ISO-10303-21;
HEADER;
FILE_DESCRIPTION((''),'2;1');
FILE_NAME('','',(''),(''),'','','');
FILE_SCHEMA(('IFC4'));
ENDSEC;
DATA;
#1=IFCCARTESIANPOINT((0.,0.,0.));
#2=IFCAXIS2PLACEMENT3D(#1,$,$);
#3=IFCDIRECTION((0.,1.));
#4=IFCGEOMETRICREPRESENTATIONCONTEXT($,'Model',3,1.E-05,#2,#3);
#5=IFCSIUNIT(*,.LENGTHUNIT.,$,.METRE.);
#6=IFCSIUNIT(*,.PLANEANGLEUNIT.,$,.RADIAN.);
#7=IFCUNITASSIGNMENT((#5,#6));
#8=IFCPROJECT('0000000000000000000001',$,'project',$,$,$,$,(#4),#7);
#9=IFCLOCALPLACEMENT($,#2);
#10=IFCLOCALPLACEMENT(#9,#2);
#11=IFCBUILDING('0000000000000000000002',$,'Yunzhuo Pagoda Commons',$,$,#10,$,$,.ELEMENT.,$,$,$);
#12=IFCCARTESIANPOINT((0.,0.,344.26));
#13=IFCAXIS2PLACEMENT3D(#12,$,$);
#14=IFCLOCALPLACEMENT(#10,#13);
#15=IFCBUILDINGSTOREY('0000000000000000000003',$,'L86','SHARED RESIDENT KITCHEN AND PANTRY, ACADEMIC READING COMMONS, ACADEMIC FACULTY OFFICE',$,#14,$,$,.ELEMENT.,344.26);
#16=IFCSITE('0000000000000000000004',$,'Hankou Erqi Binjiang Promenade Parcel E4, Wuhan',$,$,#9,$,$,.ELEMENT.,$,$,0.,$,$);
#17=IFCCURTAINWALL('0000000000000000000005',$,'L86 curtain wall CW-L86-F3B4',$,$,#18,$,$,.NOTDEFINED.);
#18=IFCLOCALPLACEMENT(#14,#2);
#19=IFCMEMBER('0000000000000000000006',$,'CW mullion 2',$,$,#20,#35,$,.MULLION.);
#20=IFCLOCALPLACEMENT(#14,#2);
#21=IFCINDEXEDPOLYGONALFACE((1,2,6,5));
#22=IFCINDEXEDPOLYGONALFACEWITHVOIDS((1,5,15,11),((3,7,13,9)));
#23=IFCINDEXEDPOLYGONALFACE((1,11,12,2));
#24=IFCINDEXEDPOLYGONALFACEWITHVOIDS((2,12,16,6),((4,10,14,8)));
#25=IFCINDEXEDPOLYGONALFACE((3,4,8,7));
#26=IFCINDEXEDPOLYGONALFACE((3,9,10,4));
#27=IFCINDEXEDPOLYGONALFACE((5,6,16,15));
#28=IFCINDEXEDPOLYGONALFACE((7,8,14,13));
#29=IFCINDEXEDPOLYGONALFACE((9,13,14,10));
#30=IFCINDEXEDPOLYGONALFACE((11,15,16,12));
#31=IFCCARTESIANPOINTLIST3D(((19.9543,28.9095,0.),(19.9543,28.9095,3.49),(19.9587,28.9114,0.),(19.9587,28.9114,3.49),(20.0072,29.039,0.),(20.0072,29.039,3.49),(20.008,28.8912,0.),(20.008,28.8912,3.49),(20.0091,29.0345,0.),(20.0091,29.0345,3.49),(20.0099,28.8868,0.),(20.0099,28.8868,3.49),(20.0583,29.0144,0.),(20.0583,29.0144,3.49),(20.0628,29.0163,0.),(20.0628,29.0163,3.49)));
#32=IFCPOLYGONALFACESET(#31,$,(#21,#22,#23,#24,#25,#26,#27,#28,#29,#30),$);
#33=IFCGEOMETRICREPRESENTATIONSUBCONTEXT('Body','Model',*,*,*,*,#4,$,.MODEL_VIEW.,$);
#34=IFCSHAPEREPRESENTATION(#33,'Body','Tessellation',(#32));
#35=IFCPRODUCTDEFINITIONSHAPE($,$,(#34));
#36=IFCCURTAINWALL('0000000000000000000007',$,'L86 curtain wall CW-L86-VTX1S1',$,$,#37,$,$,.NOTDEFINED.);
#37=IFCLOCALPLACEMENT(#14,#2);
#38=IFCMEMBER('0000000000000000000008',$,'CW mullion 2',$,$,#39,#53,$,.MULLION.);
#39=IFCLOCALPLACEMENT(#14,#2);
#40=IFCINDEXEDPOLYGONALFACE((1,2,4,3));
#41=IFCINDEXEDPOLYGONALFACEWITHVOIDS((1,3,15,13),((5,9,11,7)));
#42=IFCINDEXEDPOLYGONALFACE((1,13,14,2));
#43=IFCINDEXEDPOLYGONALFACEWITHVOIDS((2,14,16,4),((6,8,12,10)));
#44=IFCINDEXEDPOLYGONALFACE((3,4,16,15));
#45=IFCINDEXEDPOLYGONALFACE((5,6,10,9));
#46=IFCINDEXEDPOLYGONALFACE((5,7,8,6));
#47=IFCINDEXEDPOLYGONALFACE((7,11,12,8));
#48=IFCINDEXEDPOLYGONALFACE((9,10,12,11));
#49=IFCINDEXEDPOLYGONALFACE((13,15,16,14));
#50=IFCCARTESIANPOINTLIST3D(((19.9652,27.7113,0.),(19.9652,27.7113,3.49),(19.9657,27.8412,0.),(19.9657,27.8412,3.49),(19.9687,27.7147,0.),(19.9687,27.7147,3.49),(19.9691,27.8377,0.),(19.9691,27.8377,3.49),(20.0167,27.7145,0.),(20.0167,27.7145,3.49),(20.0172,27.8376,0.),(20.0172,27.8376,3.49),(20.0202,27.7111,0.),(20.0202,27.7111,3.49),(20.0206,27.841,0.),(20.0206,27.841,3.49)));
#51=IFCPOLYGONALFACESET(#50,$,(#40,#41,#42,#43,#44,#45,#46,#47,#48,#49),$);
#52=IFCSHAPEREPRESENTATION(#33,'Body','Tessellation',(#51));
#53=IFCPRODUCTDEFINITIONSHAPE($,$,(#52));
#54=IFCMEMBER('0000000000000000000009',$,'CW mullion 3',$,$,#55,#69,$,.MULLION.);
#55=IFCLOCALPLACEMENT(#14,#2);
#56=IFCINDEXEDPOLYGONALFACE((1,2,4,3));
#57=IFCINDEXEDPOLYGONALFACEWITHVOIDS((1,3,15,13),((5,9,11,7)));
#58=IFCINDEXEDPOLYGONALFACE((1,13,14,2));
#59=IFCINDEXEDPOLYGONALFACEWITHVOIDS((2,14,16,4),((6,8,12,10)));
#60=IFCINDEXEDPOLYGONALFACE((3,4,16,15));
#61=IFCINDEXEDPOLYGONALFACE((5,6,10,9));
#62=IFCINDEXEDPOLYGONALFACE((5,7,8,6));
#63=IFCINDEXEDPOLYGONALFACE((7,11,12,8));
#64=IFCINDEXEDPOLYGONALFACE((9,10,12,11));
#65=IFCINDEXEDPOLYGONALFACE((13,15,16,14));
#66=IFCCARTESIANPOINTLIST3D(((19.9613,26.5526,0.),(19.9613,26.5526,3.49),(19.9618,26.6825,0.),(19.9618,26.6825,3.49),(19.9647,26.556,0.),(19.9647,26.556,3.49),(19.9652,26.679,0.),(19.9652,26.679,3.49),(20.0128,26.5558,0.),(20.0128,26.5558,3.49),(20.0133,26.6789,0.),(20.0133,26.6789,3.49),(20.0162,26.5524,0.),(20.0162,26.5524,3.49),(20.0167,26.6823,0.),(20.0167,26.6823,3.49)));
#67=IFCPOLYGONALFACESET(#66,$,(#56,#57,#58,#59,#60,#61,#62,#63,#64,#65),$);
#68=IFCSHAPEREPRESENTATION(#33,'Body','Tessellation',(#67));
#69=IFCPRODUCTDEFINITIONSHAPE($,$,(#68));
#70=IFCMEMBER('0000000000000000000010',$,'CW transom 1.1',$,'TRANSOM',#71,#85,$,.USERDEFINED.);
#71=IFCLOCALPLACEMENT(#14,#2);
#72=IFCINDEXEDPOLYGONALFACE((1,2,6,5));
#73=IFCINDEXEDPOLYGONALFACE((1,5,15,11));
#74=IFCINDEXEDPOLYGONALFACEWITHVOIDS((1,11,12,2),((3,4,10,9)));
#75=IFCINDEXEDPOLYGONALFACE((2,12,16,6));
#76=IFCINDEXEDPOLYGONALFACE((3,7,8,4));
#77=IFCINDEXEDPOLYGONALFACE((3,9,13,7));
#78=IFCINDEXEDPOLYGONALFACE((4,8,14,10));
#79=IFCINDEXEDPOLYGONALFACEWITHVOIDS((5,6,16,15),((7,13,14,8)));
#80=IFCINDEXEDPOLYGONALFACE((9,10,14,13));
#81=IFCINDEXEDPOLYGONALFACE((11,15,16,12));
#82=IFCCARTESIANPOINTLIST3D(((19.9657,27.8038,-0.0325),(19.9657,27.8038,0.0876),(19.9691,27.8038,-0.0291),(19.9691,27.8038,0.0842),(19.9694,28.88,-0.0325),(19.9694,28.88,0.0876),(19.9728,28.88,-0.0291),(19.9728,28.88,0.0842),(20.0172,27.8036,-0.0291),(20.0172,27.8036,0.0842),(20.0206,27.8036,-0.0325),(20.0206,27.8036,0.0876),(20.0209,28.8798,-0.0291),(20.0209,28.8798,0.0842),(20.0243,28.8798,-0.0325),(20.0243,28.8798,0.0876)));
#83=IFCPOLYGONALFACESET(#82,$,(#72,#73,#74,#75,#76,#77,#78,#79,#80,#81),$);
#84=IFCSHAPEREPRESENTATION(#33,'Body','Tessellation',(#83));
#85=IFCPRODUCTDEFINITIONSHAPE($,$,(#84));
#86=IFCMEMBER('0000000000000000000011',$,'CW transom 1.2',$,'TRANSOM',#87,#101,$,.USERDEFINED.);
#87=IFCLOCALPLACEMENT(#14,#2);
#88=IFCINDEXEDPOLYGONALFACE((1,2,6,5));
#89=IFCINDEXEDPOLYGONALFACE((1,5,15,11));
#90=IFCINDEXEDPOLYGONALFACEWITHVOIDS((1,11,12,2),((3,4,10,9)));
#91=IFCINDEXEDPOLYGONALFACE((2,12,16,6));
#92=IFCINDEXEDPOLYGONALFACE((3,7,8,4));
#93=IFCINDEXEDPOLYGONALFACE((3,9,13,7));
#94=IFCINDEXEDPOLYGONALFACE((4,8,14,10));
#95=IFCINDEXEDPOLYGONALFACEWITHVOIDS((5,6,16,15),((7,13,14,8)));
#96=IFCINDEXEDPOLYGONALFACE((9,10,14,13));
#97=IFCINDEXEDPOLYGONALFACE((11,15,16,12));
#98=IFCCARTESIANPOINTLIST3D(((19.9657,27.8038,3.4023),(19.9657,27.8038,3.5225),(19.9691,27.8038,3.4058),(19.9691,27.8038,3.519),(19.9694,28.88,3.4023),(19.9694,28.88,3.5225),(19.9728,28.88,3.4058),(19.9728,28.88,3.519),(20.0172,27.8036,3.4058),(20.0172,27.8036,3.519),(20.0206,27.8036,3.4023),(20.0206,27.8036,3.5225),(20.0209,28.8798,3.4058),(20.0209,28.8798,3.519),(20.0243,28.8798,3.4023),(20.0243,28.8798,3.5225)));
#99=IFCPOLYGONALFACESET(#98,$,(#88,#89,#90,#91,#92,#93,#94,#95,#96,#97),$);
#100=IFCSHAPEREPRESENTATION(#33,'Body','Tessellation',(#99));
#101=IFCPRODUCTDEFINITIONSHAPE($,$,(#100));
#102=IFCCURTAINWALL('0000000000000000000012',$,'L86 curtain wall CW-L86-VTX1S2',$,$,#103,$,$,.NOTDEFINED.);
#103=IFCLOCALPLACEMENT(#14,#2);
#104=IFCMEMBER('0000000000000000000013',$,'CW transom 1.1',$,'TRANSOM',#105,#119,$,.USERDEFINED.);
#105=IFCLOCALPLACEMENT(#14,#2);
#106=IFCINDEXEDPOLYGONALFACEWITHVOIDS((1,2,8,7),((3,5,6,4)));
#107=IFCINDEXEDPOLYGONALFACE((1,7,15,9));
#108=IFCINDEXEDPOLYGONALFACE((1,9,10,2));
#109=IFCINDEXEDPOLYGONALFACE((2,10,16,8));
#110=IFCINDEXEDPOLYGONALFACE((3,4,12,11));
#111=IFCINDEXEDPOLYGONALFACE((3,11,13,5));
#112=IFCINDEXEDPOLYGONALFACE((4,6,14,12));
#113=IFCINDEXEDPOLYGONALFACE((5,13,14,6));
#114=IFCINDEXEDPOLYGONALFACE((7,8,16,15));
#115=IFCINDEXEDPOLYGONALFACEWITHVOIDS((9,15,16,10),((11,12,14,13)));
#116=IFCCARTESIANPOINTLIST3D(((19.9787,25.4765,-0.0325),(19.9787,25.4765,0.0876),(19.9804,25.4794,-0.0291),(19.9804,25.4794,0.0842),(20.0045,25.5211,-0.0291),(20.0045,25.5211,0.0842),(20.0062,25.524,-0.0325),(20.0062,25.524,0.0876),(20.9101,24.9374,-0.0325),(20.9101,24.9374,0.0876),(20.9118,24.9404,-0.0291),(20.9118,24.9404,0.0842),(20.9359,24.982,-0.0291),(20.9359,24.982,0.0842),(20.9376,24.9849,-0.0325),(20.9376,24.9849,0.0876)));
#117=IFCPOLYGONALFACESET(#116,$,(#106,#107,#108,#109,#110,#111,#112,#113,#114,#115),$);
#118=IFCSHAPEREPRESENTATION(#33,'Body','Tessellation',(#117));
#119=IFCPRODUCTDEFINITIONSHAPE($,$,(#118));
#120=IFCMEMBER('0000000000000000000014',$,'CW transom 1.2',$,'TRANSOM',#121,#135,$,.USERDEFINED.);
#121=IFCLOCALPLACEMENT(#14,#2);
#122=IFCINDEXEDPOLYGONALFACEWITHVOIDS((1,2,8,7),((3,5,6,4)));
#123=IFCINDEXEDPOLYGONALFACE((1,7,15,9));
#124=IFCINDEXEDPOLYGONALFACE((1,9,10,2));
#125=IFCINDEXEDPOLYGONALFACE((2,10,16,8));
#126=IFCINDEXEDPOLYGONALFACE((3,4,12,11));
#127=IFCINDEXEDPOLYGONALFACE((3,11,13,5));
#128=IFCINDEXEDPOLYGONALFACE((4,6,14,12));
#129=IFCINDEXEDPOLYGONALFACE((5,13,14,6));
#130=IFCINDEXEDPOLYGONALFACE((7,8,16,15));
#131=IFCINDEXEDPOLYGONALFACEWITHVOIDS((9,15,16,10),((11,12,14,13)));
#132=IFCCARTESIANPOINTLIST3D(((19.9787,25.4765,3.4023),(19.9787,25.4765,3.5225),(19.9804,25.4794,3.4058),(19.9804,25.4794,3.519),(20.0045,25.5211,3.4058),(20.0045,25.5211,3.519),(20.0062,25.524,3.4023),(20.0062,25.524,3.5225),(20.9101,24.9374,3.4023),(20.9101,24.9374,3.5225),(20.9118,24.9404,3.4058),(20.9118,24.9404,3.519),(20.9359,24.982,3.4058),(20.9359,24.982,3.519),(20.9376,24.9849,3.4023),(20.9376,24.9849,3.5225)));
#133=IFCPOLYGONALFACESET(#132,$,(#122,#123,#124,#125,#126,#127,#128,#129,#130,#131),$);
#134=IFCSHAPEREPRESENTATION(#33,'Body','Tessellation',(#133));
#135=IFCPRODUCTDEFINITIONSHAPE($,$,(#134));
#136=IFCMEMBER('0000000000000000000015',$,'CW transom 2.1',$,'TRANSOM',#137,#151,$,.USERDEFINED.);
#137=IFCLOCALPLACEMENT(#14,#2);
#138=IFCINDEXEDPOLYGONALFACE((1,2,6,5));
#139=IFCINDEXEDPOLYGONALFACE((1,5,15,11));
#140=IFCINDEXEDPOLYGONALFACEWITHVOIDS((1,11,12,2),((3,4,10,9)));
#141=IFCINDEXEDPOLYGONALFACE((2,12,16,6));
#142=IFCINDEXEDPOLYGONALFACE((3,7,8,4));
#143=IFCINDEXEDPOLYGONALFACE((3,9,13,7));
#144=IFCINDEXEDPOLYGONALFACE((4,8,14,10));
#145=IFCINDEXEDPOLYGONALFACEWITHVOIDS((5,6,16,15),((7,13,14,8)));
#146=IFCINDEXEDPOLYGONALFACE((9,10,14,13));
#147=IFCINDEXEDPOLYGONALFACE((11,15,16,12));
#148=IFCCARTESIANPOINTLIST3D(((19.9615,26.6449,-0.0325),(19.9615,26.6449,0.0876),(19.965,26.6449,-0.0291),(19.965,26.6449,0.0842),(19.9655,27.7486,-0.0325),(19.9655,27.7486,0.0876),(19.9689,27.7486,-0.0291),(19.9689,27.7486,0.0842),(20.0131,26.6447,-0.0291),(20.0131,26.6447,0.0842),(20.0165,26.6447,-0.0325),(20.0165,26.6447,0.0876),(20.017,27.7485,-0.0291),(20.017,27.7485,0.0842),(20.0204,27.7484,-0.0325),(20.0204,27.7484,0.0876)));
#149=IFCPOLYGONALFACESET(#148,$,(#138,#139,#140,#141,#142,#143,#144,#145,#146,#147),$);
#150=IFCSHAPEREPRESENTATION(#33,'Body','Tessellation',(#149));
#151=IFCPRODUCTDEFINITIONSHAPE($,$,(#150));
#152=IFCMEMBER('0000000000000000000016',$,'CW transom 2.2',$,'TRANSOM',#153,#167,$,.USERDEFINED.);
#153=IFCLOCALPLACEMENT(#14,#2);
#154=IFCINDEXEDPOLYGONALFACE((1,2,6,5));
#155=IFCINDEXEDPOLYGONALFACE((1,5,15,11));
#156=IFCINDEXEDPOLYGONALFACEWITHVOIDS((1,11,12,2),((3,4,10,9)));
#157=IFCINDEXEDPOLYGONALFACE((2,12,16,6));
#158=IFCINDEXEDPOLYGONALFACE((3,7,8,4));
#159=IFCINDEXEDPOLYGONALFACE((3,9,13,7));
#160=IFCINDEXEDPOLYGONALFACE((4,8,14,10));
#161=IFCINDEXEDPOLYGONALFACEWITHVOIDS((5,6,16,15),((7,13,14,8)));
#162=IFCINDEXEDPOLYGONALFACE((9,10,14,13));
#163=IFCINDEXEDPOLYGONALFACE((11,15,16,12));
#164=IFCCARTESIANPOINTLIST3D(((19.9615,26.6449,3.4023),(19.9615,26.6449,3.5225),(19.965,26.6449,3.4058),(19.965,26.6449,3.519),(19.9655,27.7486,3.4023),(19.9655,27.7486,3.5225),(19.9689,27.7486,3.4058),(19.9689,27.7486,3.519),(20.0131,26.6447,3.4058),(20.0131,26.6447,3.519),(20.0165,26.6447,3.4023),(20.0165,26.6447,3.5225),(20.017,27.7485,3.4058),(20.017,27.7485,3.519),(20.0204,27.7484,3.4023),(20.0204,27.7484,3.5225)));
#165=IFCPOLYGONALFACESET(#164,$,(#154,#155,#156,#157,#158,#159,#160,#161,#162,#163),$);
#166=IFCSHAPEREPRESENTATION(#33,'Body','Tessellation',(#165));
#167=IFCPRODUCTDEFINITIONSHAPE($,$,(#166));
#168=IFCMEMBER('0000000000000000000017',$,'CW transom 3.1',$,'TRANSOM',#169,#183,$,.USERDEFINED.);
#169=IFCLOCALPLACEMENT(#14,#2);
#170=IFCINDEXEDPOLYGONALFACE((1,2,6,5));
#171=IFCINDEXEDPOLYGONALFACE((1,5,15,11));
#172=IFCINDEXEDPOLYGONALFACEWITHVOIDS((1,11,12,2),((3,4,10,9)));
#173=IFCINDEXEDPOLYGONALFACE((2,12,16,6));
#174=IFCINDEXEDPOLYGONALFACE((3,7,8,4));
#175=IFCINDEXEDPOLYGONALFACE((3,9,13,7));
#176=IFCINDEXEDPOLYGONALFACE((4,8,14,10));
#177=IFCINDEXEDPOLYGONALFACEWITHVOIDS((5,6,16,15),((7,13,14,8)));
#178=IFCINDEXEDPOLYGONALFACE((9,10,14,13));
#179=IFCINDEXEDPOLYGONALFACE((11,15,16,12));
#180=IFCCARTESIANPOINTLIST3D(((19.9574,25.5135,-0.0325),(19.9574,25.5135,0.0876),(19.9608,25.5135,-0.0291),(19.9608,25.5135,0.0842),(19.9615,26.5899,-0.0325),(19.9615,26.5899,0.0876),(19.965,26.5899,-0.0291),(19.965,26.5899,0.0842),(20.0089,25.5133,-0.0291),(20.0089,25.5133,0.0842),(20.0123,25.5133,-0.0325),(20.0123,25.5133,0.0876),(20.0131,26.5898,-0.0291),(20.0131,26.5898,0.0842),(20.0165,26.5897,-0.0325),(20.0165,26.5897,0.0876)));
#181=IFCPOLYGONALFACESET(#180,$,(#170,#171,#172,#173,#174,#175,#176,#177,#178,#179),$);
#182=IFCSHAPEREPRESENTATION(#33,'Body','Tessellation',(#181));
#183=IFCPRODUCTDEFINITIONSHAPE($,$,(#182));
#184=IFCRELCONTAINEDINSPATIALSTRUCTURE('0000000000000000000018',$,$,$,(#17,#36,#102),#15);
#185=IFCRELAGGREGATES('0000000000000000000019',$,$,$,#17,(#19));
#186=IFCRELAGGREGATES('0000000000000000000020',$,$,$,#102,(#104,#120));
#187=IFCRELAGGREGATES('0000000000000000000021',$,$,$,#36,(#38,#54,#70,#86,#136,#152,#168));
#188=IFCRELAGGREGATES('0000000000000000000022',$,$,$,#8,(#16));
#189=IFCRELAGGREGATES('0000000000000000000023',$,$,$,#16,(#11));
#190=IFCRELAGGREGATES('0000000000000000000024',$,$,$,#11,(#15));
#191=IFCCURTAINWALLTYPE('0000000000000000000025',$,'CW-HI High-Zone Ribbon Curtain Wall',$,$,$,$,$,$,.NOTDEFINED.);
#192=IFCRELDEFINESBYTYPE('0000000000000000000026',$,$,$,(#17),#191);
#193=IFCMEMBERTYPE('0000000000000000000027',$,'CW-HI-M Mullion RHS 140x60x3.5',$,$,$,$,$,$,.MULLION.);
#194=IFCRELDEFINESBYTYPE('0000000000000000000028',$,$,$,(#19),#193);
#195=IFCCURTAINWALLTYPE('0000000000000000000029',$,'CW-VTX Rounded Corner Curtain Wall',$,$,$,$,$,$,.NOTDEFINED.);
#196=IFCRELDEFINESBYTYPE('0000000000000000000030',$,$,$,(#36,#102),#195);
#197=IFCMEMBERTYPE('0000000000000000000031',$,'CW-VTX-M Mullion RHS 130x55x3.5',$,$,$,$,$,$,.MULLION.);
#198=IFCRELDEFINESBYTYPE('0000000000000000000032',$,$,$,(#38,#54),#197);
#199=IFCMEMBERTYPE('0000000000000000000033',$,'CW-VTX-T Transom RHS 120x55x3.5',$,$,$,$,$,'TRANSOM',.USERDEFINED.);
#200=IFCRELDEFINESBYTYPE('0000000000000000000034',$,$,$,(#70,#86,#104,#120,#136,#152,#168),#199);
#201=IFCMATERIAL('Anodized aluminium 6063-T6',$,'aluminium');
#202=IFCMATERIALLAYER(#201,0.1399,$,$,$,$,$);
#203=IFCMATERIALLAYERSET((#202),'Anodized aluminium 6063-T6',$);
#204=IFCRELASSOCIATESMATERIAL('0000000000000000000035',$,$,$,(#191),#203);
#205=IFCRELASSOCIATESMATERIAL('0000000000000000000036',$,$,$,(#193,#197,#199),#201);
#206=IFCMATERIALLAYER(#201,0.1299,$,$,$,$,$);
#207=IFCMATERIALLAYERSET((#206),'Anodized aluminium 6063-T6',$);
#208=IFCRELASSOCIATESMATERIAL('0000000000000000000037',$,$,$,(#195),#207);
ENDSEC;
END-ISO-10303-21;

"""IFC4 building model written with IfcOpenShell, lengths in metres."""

from ifc_helpers import new_model, si_unit, direction, frame, origin, origin_2d, place, context, subcontext, project, spatial, hollow_rectangle, extrude, source, transform, mapped, material, layer, layer_set, material_profile, profile_set, type_object, element, aggregate, save


model = new_model("IFC4")

# Units and contexts
model_context = context("Model", 3, precision=1e-05, world=origin(), true_north=direction((0.0, 1.0)))
body_context = subcontext(model_context, "Body", "Model", "MODEL_VIEW")
ifc_project = project(units=[si_unit("LENGTHUNIT", "METRE"), si_unit("PLANEANGLEUNIT", "RADIAN")], contexts=[model_context])

# Site, building, storey
site_placement = place(None, origin())
site = spatial("IfcSite", under=ifc_project, at=site_placement, Name="Hankou Erqi Binjiang Promenade Parcel E4, Wuhan", CompositionType="ELEMENT", RefElevation=0.0)
building_placement = place(site_placement, origin())
building = spatial("IfcBuilding", under=site, at=building_placement, Name="Yunzhuo Pagoda Commons", CompositionType="ELEMENT")
storey_placement = place(building_placement, frame((0.0, 0.0, 344.26)))
storey = spatial("IfcBuildingStorey", under=building, at=storey_placement, Name="L86", Description="SHARED RESIDENT KITCHEN AND PANTRY, ACADEMIC READING COMMONS, ACADEMIC FACULTY OFFICE", CompositionType="ELEMENT", Elevation=344.26)

# Curtain wall, member
ifc_material_1 = material(Name="Anodized aluminium 6063-T6", Category="aluminium")
ifc_layer_1 = layer(ifc_material_1, 0.1399)
ifc_layer_set_1 = layer_set([ifc_layer_1], Name="Anodized aluminium 6063-T6")
curtain_wall_type_1 = type_object("IfcCurtainWallType", Name="CW-HI High-Zone Ribbon Curtain Wall", PredefinedType="NOTDEFINED", material=ifc_layer_set_1)
curtain_wall_1_placement = place(storey_placement, origin())
curtain_wall_1 = element("IfcCurtainWall", 1, at=curtain_wall_1_placement, inside=storey, type_object=curtain_wall_type_1, Name="L86 curtain wall CW-L86-F3B4", PredefinedType="NOTDEFINED")
ifc_material_profile_1 = material_profile(ifc_material_1, hollow_rectangle(XDim=0.0601, YDim=0.1399, WallThickness=0.0034, at=origin_2d()), Name="Anodized aluminium 6063-T6")
ifc_profile_set_1 = profile_set([ifc_material_profile_1], Name="Anodized aluminium 6063-T6")
member_type_1 = type_object("IfcMemberType", Name="CW-HI-M Mullion RHS 140x60x3.5", PredefinedType="MULLION", material=ifc_profile_set_1)
shared_shape_1 = source(origin(), body_context, "Body", "SweptSolid", [
    extrude(hollow_rectangle(XDim=0.0601, YDim=0.1399, WallThickness=0.0034, at=origin_2d()), origin(), (0.0, 0.0, 1.0), 3.49),
])
member_1_placement = place(storey_placement, frame((20.0085, 28.9629, 0.0), z_axis=(0.0, 0.0, 1.0), x_axis=(0.92573, -0.378185, 0.0)))
member_1 = element("IfcMember", 2, at=member_1_placement, type_object=member_type_1, Name="CW mullion 2", PredefinedType="MULLION", context=body_context, shape_type="MappedRepresentation", body=[
    mapped(shared_shape_1, transform((0.0, 0.0, 0.0), scale=1.0)),
])
aggregate(curtain_wall_1, [member_1])

# Curtain walls, members
ifc_layer_2 = layer(ifc_material_1, 0.1299)
ifc_layer_set_2 = layer_set([ifc_layer_2], Name="Anodized aluminium 6063-T6")
curtain_wall_type_2 = type_object("IfcCurtainWallType", Name="CW-VTX Rounded Corner Curtain Wall", PredefinedType="NOTDEFINED", material=ifc_layer_set_2)
curtain_wall_2_placement = place(storey_placement, origin())
curtain_wall_2 = element("IfcCurtainWall", 3, at=curtain_wall_2_placement, inside=storey, type_object=curtain_wall_type_2, Name="L86 curtain wall CW-L86-VTX1S1", PredefinedType="NOTDEFINED")
ifc_material_profile_2 = material_profile(ifc_material_1, hollow_rectangle(XDim=0.0549, YDim=0.1299, WallThickness=0.0034, at=origin_2d()), Name="Anodized aluminium 6063-T6")
ifc_profile_set_2 = profile_set([ifc_material_profile_2], Name="Anodized aluminium 6063-T6")
member_type_2 = type_object("IfcMemberType", Name="CW-VTX-M Mullion RHS 130x55x3.5", PredefinedType="MULLION", material=ifc_profile_set_2)
shared_shape_2 = source(origin(), body_context, "Body", "SweptSolid", [
    extrude(hollow_rectangle(XDim=0.0549, YDim=0.1299, WallThickness=0.0034, at=origin_2d()), origin(), (0.0, 0.0, 1.0), 3.49),
])
member_2_placement = place(storey_placement, frame((19.9929, 27.7761, 0.0), z_axis=(0.0, 0.0, 1.0), x_axis=(0.999994, -0.003567, 0.0)))
member_2 = element("IfcMember", 4, at=member_2_placement, type_object=member_type_2, Name="CW mullion 2", PredefinedType="MULLION", context=body_context, shape_type="MappedRepresentation", body=[
    mapped(shared_shape_2, transform((0.0, 0.0, 0.0), scale=1.0)),
])
member_3_placement = place(storey_placement, frame((19.989, 26.6174, 0.0), z_axis=(0.0, 0.0, 1.0), x_axis=(0.999994, -0.003567, 0.0)))
member_3 = element("IfcMember", 5, at=member_3_placement, type_object=member_type_2, Name="CW mullion 3", PredefinedType="MULLION", context=body_context, shape_type="MappedRepresentation", body=[
    mapped(shared_shape_2, transform((0.0, 0.0, 0.0), scale=1.0)),
])
ifc_material_profile_3 = material_profile(ifc_material_1, hollow_rectangle(XDim=0.0549, YDim=0.1201, WallThickness=0.0034, at=origin_2d()), Name="Anodized aluminium 6063-T6")
ifc_profile_set_3 = profile_set([ifc_material_profile_3], Name="Anodized aluminium 6063-T6")
member_type_3 = type_object("IfcMemberType", Name="CW-VTX-T Transom RHS 120x55x3.5", ElementType="TRANSOM", PredefinedType="USERDEFINED", material=ifc_profile_set_3)
shared_shape_3 = source(origin(), body_context, "Body", "SweptSolid", [
    extrude(hollow_rectangle(XDim=0.0549, YDim=0.1201, WallThickness=0.0034, at=origin_2d()), origin(), (0.0, 0.0, 1.0), 1.0762),
])
member_4_placement = place(storey_placement, frame((19.9968, 28.8799, 0.0276), z_axis=(-0.003403, -0.999994, 0.0), x_axis=(0.999994, -0.003403, 0.0)))
member_4 = element("IfcMember", 6, at=member_4_placement, type_object=member_type_3, Name="CW transom 1.1", ObjectType="TRANSOM", PredefinedType="USERDEFINED", context=body_context, shape_type="MappedRepresentation", body=[
    mapped(shared_shape_3, transform((0.0, 0.0, 0.0), scale=1.0)),
])
member_5_placement = place(storey_placement, frame((19.9968, 28.8799, 3.4624), z_axis=(-0.003403, -0.999994, 0.0), x_axis=(0.999994, -0.003403, 0.0)))
member_5 = element("IfcMember", 7, at=member_5_placement, type_object=member_type_3, Name="CW transom 1.2", ObjectType="TRANSOM", PredefinedType="USERDEFINED", context=body_context, shape_type="MappedRepresentation", body=[
    mapped(shared_shape_3, transform((0.0, 0.0, 0.0), scale=1.0)),
])
curtain_wall_3_placement = place(storey_placement, origin())
curtain_wall_3 = element("IfcCurtainWall", 8, at=curtain_wall_3_placement, inside=storey, type_object=curtain_wall_type_2, Name="L86 curtain wall CW-L86-VTX1S2", PredefinedType="NOTDEFINED")
member_6_placement = place(storey_placement, frame((19.9924, 25.5002, 0.0276), z_axis=(0.865494, -0.50092, 0.0), x_axis=(0.50092, 0.865494, 0.0)))
member_6 = element("IfcMember", 9, at=member_6_placement, type_object=member_type_3, Name="CW transom 1.1", ObjectType="TRANSOM", PredefinedType="USERDEFINED", context=body_context, shape_type="MappedRepresentation", body=[
    mapped(shared_shape_3, transform((0.0, 0.0, 0.0), scale=1.0)),
])
member_7_placement = place(storey_placement, frame((19.9924, 25.5002, 3.4624), z_axis=(0.865494, -0.50092, 0.0), x_axis=(0.50092, 0.865494, 0.0)))
member_7 = element("IfcMember", 10, at=member_7_placement, type_object=member_type_3, Name="CW transom 1.2", ObjectType="TRANSOM", PredefinedType="USERDEFINED", context=body_context, shape_type="MappedRepresentation", body=[
    mapped(shared_shape_3, transform((0.0, 0.0, 0.0), scale=1.0)),
])
aggregate(curtain_wall_3, [member_6, member_7])

# Members
shared_shape_4 = source(origin(), body_context, "Body", "SweptSolid", [
    extrude(hollow_rectangle(XDim=0.0549, YDim=0.1201, WallThickness=0.0034, at=origin_2d()), origin(), (0.0, 0.0, 1.0), 1.1038),
])
member_8_placement = place(storey_placement, frame((19.9929, 27.7485, 0.0276), z_axis=(-0.003539, -0.999994, 0.0), x_axis=(0.999994, -0.003539, 0.0)))
member_8 = element("IfcMember", 11, at=member_8_placement, type_object=member_type_3, Name="CW transom 2.1", ObjectType="TRANSOM", PredefinedType="USERDEFINED", context=body_context, shape_type="MappedRepresentation", body=[
    mapped(shared_shape_4, transform((0.0, 0.0, 0.0), scale=1.0)),
])
member_9_placement = place(storey_placement, frame((19.9929, 27.7485, 3.4624), z_axis=(-0.003539, -0.999994, 0.0), x_axis=(0.999994, -0.003539, 0.0)))
member_9 = element("IfcMember", 12, at=member_9_placement, type_object=member_type_3, Name="CW transom 2.2", ObjectType="TRANSOM", PredefinedType="USERDEFINED", context=body_context, shape_type="MappedRepresentation", body=[
    mapped(shared_shape_4, transform((0.0, 0.0, 0.0), scale=1.0)),
])
shared_shape_5 = source(origin(), body_context, "Body", "SweptSolid", [
    extrude(hollow_rectangle(XDim=0.0549, YDim=0.1201, WallThickness=0.0034, at=origin_2d()), origin(), (0.0, 0.0, 1.0), 1.0764),
])
member_10_placement = place(storey_placement, frame((19.989, 26.5898, 0.0276), z_axis=(-0.003856, -0.999993, 0.0), x_axis=(0.999993, -0.003856, 0.0)))
member_10 = element("IfcMember", 13, at=member_10_placement, type_object=member_type_3, Name="CW transom 3.1", ObjectType="TRANSOM", PredefinedType="USERDEFINED", context=body_context, shape_type="MappedRepresentation", body=[
    mapped(shared_shape_5, transform((0.0, 0.0, 0.0), scale=1.0)),
])

aggregate(curtain_wall_2, [member_2, member_3, member_4, member_5, member_8, member_9, member_10])

save(model, "model.ifc")
